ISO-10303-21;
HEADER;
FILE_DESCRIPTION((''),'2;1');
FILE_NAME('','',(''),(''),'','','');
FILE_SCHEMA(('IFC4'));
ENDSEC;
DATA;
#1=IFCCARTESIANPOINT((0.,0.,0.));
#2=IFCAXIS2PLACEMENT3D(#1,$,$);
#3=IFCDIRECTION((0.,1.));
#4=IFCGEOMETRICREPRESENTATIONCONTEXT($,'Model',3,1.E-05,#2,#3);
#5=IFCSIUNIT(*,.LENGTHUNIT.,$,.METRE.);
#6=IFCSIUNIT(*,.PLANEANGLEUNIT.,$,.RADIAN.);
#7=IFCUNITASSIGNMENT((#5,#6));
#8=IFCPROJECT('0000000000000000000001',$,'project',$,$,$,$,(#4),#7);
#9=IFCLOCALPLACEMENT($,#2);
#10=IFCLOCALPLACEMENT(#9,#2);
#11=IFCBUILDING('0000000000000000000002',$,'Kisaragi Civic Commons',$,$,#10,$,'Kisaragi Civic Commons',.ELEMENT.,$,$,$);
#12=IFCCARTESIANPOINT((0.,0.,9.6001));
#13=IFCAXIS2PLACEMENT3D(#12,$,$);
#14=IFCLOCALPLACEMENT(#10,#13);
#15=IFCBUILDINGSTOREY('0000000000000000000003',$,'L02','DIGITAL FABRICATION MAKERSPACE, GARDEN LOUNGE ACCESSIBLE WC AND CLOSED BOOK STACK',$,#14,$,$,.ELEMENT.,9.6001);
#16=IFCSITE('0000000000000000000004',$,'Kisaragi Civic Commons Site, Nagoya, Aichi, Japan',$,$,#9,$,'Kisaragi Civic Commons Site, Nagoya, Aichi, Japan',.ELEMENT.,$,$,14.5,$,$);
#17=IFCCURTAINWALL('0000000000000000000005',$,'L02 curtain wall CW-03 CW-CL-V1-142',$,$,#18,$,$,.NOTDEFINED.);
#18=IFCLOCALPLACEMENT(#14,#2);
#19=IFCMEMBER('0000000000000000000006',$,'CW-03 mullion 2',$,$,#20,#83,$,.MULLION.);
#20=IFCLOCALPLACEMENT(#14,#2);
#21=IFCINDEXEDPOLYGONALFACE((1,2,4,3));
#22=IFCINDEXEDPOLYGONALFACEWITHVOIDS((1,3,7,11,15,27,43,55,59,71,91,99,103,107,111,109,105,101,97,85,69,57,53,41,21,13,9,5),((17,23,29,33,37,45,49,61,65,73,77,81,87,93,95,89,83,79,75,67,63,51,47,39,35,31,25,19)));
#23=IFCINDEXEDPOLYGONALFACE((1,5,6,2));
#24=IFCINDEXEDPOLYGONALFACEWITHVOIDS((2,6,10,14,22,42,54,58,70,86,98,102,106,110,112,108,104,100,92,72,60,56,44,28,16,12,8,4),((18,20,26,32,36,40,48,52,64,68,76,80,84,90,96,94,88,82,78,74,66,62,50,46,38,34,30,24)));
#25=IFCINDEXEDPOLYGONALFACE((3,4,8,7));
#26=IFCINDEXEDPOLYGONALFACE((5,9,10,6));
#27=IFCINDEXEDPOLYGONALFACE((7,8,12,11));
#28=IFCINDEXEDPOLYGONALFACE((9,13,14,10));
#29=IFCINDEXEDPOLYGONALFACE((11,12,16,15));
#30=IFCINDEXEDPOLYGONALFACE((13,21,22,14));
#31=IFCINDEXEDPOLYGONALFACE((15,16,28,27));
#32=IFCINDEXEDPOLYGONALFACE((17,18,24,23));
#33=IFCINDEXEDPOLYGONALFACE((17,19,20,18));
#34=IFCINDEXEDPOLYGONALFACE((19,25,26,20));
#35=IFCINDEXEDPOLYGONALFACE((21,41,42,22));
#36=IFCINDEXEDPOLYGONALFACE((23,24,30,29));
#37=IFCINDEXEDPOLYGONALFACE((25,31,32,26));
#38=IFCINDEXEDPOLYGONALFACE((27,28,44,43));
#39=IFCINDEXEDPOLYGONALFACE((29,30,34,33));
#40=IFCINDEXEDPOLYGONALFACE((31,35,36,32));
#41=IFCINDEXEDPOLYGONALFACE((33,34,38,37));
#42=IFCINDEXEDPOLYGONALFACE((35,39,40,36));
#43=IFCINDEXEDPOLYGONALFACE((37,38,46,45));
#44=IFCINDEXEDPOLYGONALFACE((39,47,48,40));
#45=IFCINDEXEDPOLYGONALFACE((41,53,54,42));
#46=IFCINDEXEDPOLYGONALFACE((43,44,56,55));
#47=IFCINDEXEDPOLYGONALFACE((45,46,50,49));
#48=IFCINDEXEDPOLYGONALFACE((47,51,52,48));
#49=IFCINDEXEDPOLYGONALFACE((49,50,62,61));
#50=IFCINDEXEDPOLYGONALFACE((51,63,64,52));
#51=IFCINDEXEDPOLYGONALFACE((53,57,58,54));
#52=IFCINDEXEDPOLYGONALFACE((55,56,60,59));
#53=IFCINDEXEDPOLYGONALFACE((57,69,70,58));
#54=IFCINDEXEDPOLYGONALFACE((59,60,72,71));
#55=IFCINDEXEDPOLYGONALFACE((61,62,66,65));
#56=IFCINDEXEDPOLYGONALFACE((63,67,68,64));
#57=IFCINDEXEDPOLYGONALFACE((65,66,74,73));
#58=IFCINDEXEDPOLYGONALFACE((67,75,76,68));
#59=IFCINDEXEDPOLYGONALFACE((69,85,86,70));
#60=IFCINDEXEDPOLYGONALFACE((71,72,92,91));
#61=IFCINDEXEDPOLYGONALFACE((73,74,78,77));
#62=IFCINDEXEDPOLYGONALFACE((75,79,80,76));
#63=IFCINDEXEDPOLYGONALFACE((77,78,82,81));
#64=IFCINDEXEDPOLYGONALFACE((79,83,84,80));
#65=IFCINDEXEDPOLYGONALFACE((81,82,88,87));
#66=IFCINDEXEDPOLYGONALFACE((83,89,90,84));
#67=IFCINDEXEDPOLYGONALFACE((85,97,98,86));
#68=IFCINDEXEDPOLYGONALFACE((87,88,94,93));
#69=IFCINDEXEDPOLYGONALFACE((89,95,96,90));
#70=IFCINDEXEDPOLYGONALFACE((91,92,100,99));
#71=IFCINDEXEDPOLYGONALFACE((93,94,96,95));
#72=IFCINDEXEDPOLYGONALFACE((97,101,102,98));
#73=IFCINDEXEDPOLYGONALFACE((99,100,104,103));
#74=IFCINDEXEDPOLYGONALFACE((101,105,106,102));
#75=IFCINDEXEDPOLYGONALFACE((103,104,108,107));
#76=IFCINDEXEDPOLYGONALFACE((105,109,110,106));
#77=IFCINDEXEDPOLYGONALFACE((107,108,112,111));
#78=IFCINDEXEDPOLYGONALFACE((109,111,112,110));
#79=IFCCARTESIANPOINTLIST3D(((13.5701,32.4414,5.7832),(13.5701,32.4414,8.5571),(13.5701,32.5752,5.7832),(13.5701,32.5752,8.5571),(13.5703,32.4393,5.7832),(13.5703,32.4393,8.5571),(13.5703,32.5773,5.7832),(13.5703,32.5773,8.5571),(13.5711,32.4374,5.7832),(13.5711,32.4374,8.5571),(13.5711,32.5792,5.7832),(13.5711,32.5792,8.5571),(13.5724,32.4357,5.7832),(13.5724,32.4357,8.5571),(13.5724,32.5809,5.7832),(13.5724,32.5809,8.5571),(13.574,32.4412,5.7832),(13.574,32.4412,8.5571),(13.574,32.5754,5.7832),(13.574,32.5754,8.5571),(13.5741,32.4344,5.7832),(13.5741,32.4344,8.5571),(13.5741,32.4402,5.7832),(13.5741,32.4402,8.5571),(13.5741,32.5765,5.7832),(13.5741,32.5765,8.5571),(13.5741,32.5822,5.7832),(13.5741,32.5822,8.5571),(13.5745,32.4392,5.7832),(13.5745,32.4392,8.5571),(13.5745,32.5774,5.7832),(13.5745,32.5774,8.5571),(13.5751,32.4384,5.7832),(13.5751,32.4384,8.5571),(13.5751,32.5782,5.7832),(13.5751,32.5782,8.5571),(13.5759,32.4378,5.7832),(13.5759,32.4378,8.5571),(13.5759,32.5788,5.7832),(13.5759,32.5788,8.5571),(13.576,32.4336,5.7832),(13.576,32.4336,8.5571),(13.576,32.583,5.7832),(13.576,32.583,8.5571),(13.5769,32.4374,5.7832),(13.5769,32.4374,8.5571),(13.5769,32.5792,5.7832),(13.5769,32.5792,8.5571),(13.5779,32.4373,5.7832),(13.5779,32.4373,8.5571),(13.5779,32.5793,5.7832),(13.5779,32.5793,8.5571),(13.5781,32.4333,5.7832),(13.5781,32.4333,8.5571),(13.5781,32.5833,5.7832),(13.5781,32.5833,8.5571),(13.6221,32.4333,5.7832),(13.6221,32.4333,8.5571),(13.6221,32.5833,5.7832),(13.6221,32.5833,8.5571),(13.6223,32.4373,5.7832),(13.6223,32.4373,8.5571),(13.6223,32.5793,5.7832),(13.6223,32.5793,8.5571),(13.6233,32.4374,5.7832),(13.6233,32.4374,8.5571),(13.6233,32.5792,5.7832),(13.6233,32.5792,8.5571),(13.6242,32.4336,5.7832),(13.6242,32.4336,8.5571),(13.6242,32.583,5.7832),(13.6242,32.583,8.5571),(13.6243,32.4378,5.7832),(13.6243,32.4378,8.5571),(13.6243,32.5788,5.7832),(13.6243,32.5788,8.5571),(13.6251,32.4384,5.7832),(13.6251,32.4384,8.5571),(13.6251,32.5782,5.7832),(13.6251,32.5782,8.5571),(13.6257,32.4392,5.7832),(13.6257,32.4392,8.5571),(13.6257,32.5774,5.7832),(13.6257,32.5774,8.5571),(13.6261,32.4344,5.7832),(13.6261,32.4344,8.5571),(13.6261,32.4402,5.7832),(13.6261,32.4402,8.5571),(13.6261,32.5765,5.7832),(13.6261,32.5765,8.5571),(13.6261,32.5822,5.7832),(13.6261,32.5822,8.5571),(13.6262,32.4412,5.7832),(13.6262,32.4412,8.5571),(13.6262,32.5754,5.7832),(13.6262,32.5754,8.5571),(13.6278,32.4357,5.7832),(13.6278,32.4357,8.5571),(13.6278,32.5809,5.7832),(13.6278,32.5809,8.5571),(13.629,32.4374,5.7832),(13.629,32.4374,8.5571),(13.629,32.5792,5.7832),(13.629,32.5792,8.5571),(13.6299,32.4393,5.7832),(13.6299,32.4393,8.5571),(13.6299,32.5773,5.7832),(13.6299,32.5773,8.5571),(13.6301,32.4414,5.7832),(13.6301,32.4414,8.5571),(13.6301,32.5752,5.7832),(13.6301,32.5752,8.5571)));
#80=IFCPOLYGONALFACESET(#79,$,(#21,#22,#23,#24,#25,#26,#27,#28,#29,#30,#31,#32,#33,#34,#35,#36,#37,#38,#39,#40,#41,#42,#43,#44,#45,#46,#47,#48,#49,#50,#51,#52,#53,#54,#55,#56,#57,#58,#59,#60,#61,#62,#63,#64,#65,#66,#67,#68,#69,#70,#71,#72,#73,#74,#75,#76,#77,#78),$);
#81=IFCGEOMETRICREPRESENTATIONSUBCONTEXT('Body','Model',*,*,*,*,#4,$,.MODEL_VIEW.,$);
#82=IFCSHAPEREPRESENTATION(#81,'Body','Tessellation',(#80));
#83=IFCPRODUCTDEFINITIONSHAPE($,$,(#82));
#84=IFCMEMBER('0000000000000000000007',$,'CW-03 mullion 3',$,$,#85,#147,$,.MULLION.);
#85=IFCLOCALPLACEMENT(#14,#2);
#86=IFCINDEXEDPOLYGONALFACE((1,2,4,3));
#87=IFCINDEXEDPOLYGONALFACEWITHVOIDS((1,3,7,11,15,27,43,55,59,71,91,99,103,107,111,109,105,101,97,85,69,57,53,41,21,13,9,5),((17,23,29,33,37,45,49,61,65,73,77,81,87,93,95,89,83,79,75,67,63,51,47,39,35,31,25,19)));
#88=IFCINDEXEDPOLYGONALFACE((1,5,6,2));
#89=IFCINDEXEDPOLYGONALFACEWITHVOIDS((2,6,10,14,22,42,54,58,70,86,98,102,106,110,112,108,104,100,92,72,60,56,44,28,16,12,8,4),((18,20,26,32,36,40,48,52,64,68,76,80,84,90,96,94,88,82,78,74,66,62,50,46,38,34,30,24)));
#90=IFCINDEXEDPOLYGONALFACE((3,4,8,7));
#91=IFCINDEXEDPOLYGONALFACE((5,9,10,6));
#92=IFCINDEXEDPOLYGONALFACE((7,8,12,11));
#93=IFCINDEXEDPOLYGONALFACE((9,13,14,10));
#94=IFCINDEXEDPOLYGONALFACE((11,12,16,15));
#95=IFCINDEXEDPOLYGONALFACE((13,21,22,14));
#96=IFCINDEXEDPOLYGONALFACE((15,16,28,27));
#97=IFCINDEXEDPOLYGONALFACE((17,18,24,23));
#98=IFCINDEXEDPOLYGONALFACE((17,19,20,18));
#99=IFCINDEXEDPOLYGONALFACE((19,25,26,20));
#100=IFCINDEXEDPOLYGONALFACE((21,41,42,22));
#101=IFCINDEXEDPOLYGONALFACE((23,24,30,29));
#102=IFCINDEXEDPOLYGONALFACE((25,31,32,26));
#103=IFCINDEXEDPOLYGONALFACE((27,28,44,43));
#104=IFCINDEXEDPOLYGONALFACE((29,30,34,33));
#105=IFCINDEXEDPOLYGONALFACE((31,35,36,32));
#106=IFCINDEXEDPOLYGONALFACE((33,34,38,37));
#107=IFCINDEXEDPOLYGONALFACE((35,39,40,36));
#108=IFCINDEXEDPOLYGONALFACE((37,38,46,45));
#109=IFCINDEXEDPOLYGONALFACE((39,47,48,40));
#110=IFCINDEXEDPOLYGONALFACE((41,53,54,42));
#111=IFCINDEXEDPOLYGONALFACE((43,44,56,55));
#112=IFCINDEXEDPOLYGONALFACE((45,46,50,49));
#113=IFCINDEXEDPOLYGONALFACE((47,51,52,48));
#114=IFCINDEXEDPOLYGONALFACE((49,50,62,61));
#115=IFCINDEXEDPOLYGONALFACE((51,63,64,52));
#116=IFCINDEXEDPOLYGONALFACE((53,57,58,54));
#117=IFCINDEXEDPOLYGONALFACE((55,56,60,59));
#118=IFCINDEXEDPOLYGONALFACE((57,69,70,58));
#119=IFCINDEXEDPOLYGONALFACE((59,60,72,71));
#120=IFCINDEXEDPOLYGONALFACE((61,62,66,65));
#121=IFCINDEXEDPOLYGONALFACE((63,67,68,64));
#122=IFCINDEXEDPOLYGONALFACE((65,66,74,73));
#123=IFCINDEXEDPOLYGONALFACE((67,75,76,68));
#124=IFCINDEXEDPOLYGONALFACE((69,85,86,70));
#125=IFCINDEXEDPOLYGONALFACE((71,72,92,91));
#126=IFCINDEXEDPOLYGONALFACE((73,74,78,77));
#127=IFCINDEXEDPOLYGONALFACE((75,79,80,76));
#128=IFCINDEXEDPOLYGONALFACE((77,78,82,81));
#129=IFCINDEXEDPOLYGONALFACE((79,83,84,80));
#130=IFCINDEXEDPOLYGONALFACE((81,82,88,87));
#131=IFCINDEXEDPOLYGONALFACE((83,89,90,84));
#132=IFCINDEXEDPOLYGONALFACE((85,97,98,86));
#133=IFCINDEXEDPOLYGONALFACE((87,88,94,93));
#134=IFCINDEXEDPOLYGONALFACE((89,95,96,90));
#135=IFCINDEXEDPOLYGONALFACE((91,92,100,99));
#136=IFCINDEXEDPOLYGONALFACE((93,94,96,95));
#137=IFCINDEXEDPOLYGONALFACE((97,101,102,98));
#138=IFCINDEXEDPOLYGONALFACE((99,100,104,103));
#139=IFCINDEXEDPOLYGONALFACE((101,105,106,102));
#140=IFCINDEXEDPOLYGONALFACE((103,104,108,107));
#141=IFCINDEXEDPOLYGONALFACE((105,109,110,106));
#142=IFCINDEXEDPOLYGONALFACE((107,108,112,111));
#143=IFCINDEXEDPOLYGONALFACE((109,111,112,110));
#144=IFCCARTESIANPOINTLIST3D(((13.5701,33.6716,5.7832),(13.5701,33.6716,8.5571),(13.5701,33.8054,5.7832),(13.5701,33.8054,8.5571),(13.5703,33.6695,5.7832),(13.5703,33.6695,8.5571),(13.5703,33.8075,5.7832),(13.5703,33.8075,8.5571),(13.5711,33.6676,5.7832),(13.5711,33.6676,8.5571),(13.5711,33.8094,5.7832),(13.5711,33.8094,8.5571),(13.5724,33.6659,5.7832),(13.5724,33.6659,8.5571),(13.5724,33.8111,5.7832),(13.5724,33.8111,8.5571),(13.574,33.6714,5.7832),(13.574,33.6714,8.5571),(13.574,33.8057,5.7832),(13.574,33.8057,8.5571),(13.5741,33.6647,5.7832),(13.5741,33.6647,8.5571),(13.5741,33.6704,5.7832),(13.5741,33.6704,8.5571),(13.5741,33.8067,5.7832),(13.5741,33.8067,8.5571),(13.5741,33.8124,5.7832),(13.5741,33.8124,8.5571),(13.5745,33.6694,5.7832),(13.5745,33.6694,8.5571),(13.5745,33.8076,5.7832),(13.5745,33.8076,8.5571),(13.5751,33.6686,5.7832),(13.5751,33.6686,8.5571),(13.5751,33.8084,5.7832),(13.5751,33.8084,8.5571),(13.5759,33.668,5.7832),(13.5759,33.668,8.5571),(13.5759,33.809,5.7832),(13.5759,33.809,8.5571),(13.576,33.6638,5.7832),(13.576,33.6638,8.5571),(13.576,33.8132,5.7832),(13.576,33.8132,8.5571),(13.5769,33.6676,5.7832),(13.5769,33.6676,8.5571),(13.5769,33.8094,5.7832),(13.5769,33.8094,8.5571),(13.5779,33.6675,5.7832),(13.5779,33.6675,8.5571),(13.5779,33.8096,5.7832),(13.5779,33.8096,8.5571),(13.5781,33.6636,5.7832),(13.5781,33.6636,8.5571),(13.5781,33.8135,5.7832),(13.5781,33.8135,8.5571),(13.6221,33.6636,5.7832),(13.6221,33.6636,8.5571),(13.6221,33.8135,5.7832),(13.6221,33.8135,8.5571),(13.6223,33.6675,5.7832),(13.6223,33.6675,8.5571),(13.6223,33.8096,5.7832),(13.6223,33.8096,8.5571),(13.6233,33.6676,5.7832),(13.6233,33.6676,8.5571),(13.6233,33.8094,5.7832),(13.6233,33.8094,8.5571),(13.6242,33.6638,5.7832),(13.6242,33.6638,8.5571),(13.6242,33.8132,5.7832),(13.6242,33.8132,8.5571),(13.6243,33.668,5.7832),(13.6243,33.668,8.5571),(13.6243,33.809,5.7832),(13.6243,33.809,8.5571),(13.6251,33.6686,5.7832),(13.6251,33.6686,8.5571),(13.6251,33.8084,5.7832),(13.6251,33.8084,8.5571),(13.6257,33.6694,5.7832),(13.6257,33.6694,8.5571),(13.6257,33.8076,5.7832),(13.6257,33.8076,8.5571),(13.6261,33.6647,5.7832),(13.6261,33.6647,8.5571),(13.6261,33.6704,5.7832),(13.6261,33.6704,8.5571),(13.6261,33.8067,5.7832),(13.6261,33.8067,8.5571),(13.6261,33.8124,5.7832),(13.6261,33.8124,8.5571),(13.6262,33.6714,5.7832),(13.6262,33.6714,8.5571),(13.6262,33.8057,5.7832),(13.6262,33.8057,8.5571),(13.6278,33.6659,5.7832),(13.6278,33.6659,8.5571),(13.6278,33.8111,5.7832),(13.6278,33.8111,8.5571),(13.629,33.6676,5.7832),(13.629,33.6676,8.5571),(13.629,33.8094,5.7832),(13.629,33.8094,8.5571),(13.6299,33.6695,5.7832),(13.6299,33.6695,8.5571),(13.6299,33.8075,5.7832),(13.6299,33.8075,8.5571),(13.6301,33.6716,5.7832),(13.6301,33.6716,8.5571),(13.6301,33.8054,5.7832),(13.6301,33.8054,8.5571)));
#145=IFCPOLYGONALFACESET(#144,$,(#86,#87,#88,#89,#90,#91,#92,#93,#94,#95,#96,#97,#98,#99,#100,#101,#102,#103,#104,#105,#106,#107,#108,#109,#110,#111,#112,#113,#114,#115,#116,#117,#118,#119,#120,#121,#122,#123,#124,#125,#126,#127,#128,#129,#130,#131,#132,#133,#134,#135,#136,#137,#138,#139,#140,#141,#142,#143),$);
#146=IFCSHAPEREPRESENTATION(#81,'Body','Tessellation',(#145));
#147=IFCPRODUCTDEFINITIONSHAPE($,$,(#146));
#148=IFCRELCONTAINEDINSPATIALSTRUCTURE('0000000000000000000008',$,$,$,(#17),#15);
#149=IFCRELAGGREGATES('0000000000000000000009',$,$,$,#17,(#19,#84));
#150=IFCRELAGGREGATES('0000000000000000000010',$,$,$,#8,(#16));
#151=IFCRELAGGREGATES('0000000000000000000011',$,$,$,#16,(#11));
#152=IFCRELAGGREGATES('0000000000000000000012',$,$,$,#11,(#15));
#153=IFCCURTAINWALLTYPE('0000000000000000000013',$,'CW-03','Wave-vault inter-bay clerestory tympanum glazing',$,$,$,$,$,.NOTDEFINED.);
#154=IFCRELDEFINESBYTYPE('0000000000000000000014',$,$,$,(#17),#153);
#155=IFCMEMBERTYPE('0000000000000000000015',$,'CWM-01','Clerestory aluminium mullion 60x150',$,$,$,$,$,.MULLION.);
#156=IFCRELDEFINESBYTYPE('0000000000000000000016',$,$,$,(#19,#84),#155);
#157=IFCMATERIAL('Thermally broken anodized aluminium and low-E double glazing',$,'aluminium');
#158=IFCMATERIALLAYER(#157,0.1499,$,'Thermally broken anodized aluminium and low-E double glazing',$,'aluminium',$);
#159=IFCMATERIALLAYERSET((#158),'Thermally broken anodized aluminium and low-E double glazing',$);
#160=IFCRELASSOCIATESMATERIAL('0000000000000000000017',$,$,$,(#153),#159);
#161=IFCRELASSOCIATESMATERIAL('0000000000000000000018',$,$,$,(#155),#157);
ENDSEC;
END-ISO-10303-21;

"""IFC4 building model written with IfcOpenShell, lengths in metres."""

from ifc_helpers import new_model, si_unit, direction, frame, origin, origin_2d, place, context, subcontext, project, spatial, hollow_rectangle, extrude, material, layer, layer_set, material_profile, profile_set, type_object, element, aggregate, save


model = new_model("IFC4")

# Units and contexts
model_context = context("Model", 3, precision=1e-05, world=origin(), true_north=direction((0.0, 1.0)))
body_context = subcontext(model_context, "Body", "Model", "MODEL_VIEW")
ifc_project = project(units=[si_unit("LENGTHUNIT", "METRE"), si_unit("PLANEANGLEUNIT", "RADIAN")], contexts=[model_context])

# Site, building, storey
site_placement = place(None, origin())
site = spatial("IfcSite", under=ifc_project, at=site_placement, Name="Kisaragi Civic Commons Site, Nagoya, Aichi, Japan", LongName="Kisaragi Civic Commons Site, Nagoya, Aichi, Japan", CompositionType="ELEMENT", RefElevation=14.5)
building_placement = place(site_placement, origin())
building = spatial("IfcBuilding", under=site, at=building_placement, Name="Kisaragi Civic Commons", LongName="Kisaragi Civic Commons", CompositionType="ELEMENT")
storey_placement = place(building_placement, frame((0.0, 0.0, 9.6001)))
storey = spatial("IfcBuildingStorey", under=building, at=storey_placement, Name="L02", Description="DIGITAL FABRICATION MAKERSPACE, GARDEN LOUNGE ACCESSIBLE WC AND CLOSED BOOK STACK", CompositionType="ELEMENT", Elevation=9.6001)

# Shared definitions
ifc_material_1 = material(Name="Thermally broken anodized aluminium and low-E double glazing", Category="aluminium")
ifc_layer_1 = layer(ifc_material_1, 0.1499, Name="Thermally broken anodized aluminium and low-E double glazing", Category="aluminium")
ifc_layer_set_1 = layer_set([ifc_layer_1], Name="Thermally broken anodized aluminium and low-E double glazing")
curtain_wall_type = type_object("IfcCurtainWallType", Name="CW-03", Description="Wave-vault inter-bay clerestory tympanum glazing", PredefinedType="NOTDEFINED", material=ifc_layer_set_1)
ifc_material_profile_1 = material_profile(ifc_material_1, hollow_rectangle(XDim=0.0601, YDim=0.1499, WallThickness=0.0039, InnerFilletRadius=0.0039, OuterFilletRadius=0.0081, at=origin_2d()), Name="CWM-60x150x4", Category="aluminium")
ifc_profile_set_1 = profile_set([ifc_material_profile_1], Name="Thermally broken anodized aluminium and low-E double glazing")
member_type_1 = type_object("IfcMemberType", Name="CWM-01", Description="Clerestory aluminium mullion 60x150", PredefinedType="MULLION", material=ifc_profile_set_1)

# Curtain wall, members
curtain_wall_1_placement = place(storey_placement, origin())
curtain_wall_1 = element("IfcCurtainWall", 1, at=curtain_wall_1_placement, inside=storey, type_object=curtain_wall_type, Name="L02 curtain wall CW-03 CW-CL-V1-142", PredefinedType="NOTDEFINED")
member_1_placement = place(storey_placement, frame((13.6001, 32.5083, 5.7832), z_axis=(0.0, 0.0, 1.0), x_axis=(-1.0, 0.0, 0.0)))
member_1 = element("IfcMember", 2, at=member_1_placement, type_object=member_type_1, Name="CW-03 mullion 2", PredefinedType="MULLION", context=body_context, shape_type="SweptSolid", body=[
    extrude(hollow_rectangle(XDim=0.0601, YDim=0.1499, WallThickness=0.0039, InnerFilletRadius=0.0039, OuterFilletRadius=0.0081, at=origin_2d()), origin(), (0.0, 0.0, 1.0), 2.7739),
])
member_2_placement = place(storey_placement, frame((13.6001, 33.7385, 5.7832), z_axis=(0.0, 0.0, 1.0), x_axis=(-1.0, 0.0, 0.0)))
member_2 = element("IfcMember", 3, at=member_2_placement, type_object=member_type_1, Name="CW-03 mullion 3", PredefinedType="MULLION", context=body_context, shape_type="SweptSolid", body=[
    extrude(hollow_rectangle(XDim=0.0601, YDim=0.1499, WallThickness=0.0039, InnerFilletRadius=0.0039, OuterFilletRadius=0.0081, at=origin_2d()), origin(), (0.0, 0.0, 1.0), 2.7739),
])

aggregate(curtain_wall_1, [member_1, member_2])

save(model, "model.ifc")
